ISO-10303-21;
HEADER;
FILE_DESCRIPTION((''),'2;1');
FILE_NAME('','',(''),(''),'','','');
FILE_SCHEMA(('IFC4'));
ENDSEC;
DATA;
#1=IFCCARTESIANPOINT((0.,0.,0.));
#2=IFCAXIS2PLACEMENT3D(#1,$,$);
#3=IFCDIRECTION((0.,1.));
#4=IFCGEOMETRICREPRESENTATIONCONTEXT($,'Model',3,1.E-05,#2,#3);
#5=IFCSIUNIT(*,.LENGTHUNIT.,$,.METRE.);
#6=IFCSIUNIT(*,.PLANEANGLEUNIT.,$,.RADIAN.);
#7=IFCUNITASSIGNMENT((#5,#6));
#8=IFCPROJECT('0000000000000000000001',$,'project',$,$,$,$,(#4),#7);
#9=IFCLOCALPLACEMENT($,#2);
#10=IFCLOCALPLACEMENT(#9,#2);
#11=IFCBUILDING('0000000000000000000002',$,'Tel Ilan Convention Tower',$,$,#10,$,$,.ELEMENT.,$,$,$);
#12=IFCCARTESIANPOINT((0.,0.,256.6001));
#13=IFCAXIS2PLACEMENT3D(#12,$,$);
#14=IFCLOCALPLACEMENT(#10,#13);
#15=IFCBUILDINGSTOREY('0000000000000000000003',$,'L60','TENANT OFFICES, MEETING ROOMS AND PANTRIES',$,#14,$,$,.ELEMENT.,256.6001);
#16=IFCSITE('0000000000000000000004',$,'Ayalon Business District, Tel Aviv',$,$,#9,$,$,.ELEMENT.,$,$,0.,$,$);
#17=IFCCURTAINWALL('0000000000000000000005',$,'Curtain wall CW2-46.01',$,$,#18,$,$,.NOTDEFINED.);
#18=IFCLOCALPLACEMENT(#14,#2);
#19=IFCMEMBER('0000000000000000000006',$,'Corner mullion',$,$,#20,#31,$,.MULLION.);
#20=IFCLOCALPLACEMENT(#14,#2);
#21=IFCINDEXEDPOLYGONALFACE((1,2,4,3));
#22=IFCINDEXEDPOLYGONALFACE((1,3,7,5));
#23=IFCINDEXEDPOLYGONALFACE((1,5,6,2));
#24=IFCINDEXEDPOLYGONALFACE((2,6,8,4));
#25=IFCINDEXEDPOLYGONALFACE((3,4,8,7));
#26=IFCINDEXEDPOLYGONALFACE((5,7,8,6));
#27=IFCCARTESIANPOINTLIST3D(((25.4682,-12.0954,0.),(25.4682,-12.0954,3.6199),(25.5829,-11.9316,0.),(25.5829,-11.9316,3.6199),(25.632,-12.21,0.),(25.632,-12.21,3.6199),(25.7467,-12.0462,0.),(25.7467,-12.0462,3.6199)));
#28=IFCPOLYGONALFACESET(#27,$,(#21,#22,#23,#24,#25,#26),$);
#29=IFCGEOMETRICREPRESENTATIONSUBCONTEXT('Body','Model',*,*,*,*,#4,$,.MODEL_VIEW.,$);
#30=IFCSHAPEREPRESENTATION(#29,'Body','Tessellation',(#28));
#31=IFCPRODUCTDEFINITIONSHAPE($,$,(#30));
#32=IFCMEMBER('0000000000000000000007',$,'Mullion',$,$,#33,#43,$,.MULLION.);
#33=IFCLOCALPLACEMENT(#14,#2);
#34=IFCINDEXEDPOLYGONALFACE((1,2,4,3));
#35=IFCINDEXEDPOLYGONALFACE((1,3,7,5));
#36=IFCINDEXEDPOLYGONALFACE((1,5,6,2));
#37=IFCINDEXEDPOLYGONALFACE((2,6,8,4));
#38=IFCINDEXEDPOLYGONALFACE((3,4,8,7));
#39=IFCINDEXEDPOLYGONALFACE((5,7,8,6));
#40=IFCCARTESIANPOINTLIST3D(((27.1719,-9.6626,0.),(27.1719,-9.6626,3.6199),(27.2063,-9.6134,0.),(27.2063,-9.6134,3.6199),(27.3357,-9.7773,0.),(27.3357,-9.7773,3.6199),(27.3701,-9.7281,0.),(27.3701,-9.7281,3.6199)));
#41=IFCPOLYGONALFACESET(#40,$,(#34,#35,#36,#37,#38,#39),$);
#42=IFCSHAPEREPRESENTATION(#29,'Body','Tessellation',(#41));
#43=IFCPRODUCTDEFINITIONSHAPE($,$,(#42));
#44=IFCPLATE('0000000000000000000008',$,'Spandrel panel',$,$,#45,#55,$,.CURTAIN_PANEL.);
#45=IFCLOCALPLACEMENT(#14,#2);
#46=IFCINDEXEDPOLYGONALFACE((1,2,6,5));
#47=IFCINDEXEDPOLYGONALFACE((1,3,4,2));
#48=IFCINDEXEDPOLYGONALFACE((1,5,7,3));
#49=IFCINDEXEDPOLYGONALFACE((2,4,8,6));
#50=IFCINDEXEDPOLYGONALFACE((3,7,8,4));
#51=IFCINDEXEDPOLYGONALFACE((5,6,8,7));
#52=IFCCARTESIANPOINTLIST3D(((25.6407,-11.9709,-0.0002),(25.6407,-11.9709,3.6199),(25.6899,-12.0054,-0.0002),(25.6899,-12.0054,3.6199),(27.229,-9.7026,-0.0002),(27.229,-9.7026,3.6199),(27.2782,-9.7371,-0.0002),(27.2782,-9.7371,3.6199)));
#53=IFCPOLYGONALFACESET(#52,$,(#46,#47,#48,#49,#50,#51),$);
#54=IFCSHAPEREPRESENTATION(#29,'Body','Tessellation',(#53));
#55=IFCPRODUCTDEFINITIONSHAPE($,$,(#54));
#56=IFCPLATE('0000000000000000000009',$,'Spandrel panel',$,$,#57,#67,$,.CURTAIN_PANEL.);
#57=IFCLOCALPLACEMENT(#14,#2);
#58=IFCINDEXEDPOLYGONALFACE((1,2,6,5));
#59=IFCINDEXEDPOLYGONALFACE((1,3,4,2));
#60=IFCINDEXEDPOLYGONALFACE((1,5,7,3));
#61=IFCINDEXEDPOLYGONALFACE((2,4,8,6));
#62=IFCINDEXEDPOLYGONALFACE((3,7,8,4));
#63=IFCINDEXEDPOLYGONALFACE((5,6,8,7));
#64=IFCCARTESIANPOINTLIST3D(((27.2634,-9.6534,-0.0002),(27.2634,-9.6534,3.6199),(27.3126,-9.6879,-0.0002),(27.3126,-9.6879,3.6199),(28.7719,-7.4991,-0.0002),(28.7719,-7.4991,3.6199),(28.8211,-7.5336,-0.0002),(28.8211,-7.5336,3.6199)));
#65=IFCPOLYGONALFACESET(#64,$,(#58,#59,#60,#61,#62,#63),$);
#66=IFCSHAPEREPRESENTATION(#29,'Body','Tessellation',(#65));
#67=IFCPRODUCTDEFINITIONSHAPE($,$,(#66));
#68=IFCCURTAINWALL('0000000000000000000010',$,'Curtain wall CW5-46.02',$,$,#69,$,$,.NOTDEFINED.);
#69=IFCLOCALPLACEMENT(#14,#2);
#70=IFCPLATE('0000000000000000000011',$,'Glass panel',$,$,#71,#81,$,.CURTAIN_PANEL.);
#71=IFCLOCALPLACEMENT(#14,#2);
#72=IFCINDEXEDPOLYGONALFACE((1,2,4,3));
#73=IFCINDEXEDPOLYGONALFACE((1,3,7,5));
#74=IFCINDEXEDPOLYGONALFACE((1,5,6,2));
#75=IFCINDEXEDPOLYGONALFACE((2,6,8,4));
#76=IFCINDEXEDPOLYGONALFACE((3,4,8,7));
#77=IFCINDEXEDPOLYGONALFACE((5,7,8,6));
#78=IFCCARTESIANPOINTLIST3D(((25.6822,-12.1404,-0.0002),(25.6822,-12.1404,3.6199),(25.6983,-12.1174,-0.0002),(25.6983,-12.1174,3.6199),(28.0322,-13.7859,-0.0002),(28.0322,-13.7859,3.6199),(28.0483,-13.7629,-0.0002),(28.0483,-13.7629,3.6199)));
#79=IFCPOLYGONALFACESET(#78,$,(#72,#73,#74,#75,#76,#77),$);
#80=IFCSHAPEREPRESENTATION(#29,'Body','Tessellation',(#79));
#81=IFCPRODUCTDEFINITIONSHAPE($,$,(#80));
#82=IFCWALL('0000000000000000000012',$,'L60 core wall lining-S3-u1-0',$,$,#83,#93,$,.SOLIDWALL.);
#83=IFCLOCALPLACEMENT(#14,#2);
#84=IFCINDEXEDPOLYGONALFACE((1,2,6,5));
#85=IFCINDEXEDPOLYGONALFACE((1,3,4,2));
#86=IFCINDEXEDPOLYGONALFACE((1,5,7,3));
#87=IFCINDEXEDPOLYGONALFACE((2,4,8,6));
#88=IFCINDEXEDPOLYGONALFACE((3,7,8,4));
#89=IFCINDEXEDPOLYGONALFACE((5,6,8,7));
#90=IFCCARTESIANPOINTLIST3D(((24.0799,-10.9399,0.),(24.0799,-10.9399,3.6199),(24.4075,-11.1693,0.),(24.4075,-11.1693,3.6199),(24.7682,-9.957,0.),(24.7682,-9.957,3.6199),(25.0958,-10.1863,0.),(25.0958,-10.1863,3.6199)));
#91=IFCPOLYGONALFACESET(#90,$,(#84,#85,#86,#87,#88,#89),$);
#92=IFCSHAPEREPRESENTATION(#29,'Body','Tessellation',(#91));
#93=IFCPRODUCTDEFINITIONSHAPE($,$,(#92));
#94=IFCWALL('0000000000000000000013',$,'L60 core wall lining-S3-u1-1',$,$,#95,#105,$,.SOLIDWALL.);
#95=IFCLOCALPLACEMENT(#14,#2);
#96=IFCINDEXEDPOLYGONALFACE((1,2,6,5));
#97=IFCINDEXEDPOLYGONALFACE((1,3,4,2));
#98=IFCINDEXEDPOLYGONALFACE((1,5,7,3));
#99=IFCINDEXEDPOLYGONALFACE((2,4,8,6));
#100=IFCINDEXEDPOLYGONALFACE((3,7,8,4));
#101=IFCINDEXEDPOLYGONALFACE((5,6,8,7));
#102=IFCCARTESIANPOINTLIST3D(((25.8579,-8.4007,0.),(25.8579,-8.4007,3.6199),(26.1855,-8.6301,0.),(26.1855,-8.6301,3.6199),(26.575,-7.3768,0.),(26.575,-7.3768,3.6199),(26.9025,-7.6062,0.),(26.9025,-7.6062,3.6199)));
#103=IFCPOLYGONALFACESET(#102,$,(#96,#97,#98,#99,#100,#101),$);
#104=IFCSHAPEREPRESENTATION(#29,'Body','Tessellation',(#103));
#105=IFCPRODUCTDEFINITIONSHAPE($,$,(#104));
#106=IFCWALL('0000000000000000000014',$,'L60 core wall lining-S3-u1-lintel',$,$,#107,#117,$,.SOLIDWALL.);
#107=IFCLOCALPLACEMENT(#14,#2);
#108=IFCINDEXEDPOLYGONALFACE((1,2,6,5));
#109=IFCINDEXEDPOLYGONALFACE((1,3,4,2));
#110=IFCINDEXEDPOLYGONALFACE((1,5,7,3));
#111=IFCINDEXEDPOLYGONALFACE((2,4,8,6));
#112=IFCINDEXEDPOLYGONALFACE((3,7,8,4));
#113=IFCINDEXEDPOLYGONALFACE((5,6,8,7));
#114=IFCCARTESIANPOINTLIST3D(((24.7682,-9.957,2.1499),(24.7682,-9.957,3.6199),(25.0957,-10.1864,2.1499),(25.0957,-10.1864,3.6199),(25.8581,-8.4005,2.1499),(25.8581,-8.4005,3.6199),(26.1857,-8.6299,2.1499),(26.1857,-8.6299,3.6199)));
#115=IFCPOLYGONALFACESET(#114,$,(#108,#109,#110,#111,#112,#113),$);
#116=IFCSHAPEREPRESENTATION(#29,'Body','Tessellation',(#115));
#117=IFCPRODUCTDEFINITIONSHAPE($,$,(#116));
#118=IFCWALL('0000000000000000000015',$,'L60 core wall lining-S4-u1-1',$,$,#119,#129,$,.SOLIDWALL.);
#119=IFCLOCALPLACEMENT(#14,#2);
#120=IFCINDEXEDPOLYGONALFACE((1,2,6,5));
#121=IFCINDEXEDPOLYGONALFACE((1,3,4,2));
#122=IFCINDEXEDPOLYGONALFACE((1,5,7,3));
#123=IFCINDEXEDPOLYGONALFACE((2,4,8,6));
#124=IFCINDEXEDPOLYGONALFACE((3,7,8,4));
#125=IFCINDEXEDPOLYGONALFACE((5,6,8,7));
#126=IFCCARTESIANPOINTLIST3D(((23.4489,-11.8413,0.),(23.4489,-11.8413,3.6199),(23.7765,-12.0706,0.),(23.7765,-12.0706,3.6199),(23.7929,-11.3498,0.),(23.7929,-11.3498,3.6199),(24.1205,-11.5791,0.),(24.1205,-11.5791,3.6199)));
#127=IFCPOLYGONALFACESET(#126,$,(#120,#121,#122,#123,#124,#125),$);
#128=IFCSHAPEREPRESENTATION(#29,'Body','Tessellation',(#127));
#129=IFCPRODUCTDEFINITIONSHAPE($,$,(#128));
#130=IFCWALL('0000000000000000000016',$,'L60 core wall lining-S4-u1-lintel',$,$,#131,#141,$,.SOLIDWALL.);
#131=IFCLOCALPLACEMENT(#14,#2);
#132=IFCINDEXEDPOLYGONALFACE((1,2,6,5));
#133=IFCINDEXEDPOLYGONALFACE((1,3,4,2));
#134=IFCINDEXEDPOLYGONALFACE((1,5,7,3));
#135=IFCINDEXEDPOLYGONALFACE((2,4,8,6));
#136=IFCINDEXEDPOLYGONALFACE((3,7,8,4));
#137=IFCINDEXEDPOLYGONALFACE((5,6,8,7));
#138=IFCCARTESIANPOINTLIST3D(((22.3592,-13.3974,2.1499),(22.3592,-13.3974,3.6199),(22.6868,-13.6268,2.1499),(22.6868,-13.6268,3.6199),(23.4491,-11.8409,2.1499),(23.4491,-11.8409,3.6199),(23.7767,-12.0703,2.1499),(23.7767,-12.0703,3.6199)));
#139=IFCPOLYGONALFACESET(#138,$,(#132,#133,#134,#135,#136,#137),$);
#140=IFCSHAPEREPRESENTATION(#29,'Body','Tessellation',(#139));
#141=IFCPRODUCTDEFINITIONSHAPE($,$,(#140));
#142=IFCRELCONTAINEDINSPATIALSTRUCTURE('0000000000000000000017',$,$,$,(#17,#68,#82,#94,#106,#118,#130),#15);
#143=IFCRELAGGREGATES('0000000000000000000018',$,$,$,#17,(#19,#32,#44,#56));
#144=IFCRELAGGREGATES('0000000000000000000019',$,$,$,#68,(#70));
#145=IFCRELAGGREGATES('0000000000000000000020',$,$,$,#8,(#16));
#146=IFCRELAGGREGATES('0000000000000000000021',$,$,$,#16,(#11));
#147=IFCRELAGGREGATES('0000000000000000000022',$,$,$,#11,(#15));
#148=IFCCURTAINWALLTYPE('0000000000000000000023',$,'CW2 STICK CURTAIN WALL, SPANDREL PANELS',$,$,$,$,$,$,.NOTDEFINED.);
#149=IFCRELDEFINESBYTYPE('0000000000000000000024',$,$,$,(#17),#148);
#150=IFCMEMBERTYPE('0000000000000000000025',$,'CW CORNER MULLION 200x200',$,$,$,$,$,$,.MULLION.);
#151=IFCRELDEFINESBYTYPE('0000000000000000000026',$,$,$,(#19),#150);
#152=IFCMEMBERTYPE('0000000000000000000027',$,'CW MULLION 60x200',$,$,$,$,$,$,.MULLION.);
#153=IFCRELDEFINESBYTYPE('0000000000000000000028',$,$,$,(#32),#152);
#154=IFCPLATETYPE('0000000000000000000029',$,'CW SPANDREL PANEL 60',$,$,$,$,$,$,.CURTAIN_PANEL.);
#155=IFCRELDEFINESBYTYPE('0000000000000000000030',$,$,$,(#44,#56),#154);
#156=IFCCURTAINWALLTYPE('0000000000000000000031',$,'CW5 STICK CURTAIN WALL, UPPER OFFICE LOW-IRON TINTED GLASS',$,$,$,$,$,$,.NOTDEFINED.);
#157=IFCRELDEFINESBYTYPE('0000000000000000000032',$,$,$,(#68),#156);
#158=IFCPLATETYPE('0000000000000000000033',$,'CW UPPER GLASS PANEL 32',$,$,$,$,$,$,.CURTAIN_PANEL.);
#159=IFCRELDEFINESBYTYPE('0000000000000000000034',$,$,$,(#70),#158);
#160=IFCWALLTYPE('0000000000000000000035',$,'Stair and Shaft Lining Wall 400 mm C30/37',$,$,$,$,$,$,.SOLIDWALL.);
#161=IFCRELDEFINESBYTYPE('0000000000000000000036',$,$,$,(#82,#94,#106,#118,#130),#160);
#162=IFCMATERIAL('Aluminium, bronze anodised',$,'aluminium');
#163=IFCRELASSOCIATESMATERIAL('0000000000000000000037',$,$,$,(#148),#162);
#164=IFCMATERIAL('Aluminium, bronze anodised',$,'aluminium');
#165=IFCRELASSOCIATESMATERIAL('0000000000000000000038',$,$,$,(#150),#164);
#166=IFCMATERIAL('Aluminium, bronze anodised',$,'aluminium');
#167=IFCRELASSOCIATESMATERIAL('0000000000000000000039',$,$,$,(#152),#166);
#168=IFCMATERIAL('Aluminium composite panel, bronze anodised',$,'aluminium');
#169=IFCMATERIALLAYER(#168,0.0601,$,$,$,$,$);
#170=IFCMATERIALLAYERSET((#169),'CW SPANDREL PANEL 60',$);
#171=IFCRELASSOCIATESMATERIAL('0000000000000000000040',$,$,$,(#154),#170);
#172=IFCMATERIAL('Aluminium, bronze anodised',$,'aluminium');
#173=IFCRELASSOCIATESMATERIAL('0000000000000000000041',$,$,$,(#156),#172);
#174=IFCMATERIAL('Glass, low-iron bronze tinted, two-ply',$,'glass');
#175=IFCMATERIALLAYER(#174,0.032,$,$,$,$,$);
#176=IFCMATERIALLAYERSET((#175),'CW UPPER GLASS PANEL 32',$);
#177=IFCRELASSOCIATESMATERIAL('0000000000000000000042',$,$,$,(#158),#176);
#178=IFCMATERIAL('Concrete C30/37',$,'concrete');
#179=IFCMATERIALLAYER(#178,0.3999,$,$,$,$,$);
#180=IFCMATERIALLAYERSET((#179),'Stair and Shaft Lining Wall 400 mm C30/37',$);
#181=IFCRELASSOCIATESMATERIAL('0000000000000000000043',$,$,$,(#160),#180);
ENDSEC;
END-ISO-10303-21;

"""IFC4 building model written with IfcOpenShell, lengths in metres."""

from ifc_helpers import new_model, si_unit, direction, frame, frame_2d, origin, origin_2d, place, context, subcontext, project, spatial, rectangle, extrude, material, layer, layer_set, material_profile, profile_set, type_object, element, aggregate, save


model = new_model("IFC4")

# Units and contexts
model_context = context("Model", 3, precision=1e-05, world=origin(), true_north=direction((0.0, 1.0)))
body_context = subcontext(model_context, "Body", "Model", "MODEL_VIEW")
ifc_project = project(units=[si_unit("LENGTHUNIT", "METRE"), si_unit("PLANEANGLEUNIT", "RADIAN")], contexts=[model_context])

# Site, building, storey
site_placement = place(None, origin())
site = spatial("IfcSite", under=ifc_project, at=site_placement, Name="Ayalon Business District, Tel Aviv", CompositionType="ELEMENT", RefElevation=0.0)
building_placement = place(site_placement, origin())
building = spatial("IfcBuilding", under=site, at=building_placement, Name="Tel Ilan Convention Tower", CompositionType="ELEMENT")
storey_placement = place(building_placement, frame((0.0, 0.0, 256.6001)))
storey = spatial("IfcBuildingStorey", under=building, at=storey_placement, Name="L60", Description="TENANT OFFICES, MEETING ROOMS AND PANTRIES", CompositionType="ELEMENT", Elevation=256.6001)

# Curtain wall, members, plates
ifc_material_1 = material(Name="Aluminium, bronze anodised", Category="aluminium")
curtain_wall_type_1 = type_object("IfcCurtainWallType", Name="CW2 STICK CURTAIN WALL, SPANDREL PANELS", PredefinedType="NOTDEFINED", material=ifc_material_1)
curtain_wall_1_placement = place(storey_placement, origin())
curtain_wall_1 = element("IfcCurtainWall", 1, at=curtain_wall_1_placement, inside=storey, type_object=curtain_wall_type_1, Name="Curtain wall CW2-46.01", PredefinedType="NOTDEFINED")
ifc_material_2 = material(Name="Aluminium, bronze anodised", Category="aluminium")
ifc_material_profile_1 = material_profile(ifc_material_2, rectangle(XDim=0.2, YDim=0.2, at=origin_2d()), Name="CW CORNER MULLION 200x200")
ifc_profile_set_1 = profile_set([ifc_material_profile_1], Name="Aluminium, bronze anodised")
member_type_1 = type_object("IfcMemberType", Name="CW CORNER MULLION 200x200", PredefinedType="MULLION", material=ifc_profile_set_1)
member_1_placement = place(storey_placement, frame((25.6074, -12.0708, 0.0), z_axis=(0.0, 0.0, 1.0), x_axis=(-0.819152, 0.573576, 0.0)))
member_1 = element("IfcMember", 2, at=member_1_placement, type_object=member_type_1, Name="Corner mullion", PredefinedType="MULLION", context=body_context, shape_type="SweptSolid", body=[
    extrude(rectangle(XDim=0.2, YDim=0.2, at=origin_2d()), origin(), (0.0, 0.0, 1.0), 3.6199),
])
ifc_material_3 = material(Name="Aluminium, bronze anodised", Category="aluminium")
ifc_material_profile_2 = material_profile(ifc_material_3, rectangle(XDim=0.0601, YDim=0.2, at=origin_2d()), Name="CW MULLION 60x200")
ifc_profile_set_2 = profile_set([ifc_material_profile_2], Name="Aluminium, bronze anodised")
member_type_2 = type_object("IfcMemberType", Name="CW MULLION 60x200", PredefinedType="MULLION", material=ifc_profile_set_2)
member_2_placement = place(storey_placement, frame((27.271, -9.6953, 0.0), z_axis=(0.0, 0.0, 1.0), x_axis=(0.573576, 0.819152, 0.0)))
member_2 = element("IfcMember", 3, at=member_2_placement, type_object=member_type_2, Name="Mullion", PredefinedType="MULLION", context=body_context, shape_type="SweptSolid", body=[
    extrude(rectangle(XDim=0.0601, YDim=0.2, at=origin_2d()), origin(), (0.0, 0.0, 1.0), 3.6199),
])
ifc_material_4 = material(Name="Aluminium composite panel, bronze anodised", Category="aluminium")
ifc_layer_1 = layer(ifc_material_4, 0.0601)
ifc_layer_set_1 = layer_set([ifc_layer_1], Name="CW SPANDREL PANEL 60")
plate_type_1 = type_object("IfcPlateType", Name="CW SPANDREL PANEL 60", PredefinedType="CURTAIN_PANEL", material=ifc_layer_set_1)
plate_1_placement = place(storey_placement, frame((26.4595, -10.854, -0.0002), z_axis=(0.0, 0.0, 1.0), x_axis=(0.573576, 0.819152, 0.0)))
plate_1 = element("IfcPlate", 4, at=plate_1_placement, type_object=plate_type_1, Name="Spandrel panel", PredefinedType="CURTAIN_PANEL", context=body_context, shape_type="SweptSolid", body=[
    extrude(rectangle(XDim=2.769, YDim=0.0601, at=origin_2d()), origin(), (0.0, 0.0, 1.0), 3.6201),
])
plate_2_placement = place(storey_placement, frame((28.0422, -8.5935, -0.0002), z_axis=(0.0, 0.0, 1.0), x_axis=(0.573576, 0.819152, 0.0)))
plate_2 = element("IfcPlate", 5, at=plate_2_placement, type_object=plate_type_1, Name="Spandrel panel", PredefinedType="CURTAIN_PANEL", context=body_context, shape_type="SweptSolid", body=[
    extrude(rectangle(XDim=2.6299, YDim=0.0601, at=origin_2d()), origin(), (0.0, 0.0, 1.0), 3.6201),
])
aggregate(curtain_wall_1, [member_1, member_2, plate_1, plate_2])

# Curtain wall, plate
ifc_material_5 = material(Name="Aluminium, bronze anodised", Category="aluminium")
curtain_wall_type_2 = type_object("IfcCurtainWallType", Name="CW5 STICK CURTAIN WALL, UPPER OFFICE LOW-IRON TINTED GLASS", PredefinedType="NOTDEFINED", material=ifc_material_5)
curtain_wall_2_placement = place(storey_placement, origin())
curtain_wall_2 = element("IfcCurtainWall", 6, at=curtain_wall_2_placement, inside=storey, type_object=curtain_wall_type_2, Name="Curtain wall CW5-46.02", PredefinedType="NOTDEFINED")
ifc_material_6 = material(Name="Glass, low-iron bronze tinted, two-ply", Category="glass")
ifc_layer_2 = layer(ifc_material_6, 0.032)
ifc_layer_set_2 = layer_set([ifc_layer_2], Name="CW UPPER GLASS PANEL 32")
plate_type_2 = type_object("IfcPlateType", Name="CW UPPER GLASS PANEL 32", PredefinedType="CURTAIN_PANEL", material=ifc_layer_set_2)
plate_3_placement = place(storey_placement, frame((26.8652, -12.9517, -0.0002), z_axis=(0.0, 0.0, 1.0), x_axis=(-0.819152, 0.573576, 0.0)))
plate_3 = element("IfcPlate", 7, at=plate_3_placement, type_object=plate_type_2, Name="Glass panel", PredefinedType="CURTAIN_PANEL", context=body_context, shape_type="SweptSolid", body=[
    extrude(rectangle(XDim=2.8689, YDim=0.0281, at=origin_2d()), origin(), (0.0, 0.0, 1.0), 3.6201),
])
aggregate(curtain_wall_2, [plate_3])

# Walls
ifc_material_7 = material(Name="Concrete C30/37", Category="concrete")
ifc_layer_3 = layer(ifc_material_7, 0.3999)
ifc_layer_set_3 = layer_set([ifc_layer_3], Name="Stair and Shaft Lining Wall 400 mm C30/37")
wall_type = type_object("IfcWallType", Name="Stair and Shaft Lining Wall 400 mm C30/37", PredefinedType="SOLIDWALL", material=ifc_layer_set_3)
wall_1_placement = place(storey_placement, frame((24.2437, -11.0547, 0.0), z_axis=(0.0, 0.0, 1.0), x_axis=(0.573572, 0.819155, 0.0)))
element("IfcWall", 8, at=wall_1_placement, inside=storey, type_object=wall_type, Name="L60 core wall lining-S3-u1-0", PredefinedType="SOLIDWALL", context=body_context, shape_type="SweptSolid", body=[
    extrude(rectangle(XDim=1.2, YDim=0.3999, at=frame_2d((0.6001, 0.0))), origin(), (0.0, 0.0, 1.0), 3.6199),
])
wall_2_placement = place(storey_placement, frame((26.0217, -8.5154, 0.0), z_axis=(0.0, 0.0, 1.0), x_axis=(0.57362, 0.819122, 0.0)))
element("IfcWall", 9, at=wall_2_placement, inside=storey, type_object=wall_type, Name="L60 core wall lining-S3-u1-1", PredefinedType="SOLIDWALL", context=body_context, shape_type="SweptSolid", body=[
    extrude(rectangle(XDim=1.25, YDim=0.3999, at=frame_2d((0.625, 0.0))), origin(), (0.0, 0.0, 1.0), 3.6199),
])
wall_3_placement = place(storey_placement, frame((24.9319, -10.0718, 2.1499), z_axis=(0.0, 0.0, 1.0), x_axis=(0.573592, 0.819141, 0.0)))
element("IfcWall", 10, at=wall_3_placement, inside=storey, type_object=wall_type, Name="L60 core wall lining-S3-u1-lintel", PredefinedType="SOLIDWALL", context=body_context, shape_type="SweptSolid", body=[
    extrude(rectangle(XDim=1.9001, YDim=0.3999, at=frame_2d((0.9502, 0.0))), origin(), (0.0, 0.0, 1.0), 1.47),
])
wall_4_placement = place(storey_placement, frame((23.6128, -11.9558, 0.0), z_axis=(0.0, 0.0, 1.0), x_axis=(0.573435, 0.819251, 0.0)))
element("IfcWall", 11, at=wall_4_placement, inside=storey, type_object=wall_type, Name="L60 core wall lining-S4-u1-1", PredefinedType="SOLIDWALL", context=body_context, shape_type="SweptSolid", body=[
    extrude(rectangle(XDim=0.5999, YDim=0.3999, at=frame_2d((0.2998, 0.0))), origin(), (0.0, 0.0, 1.0), 3.6199),
])
wall_5_placement = place(storey_placement, frame((22.5229, -13.5122, 2.1499), z_axis=(0.0, 0.0, 1.0), x_axis=(0.573592, 0.819141, 0.0)))
element("IfcWall", 12, at=wall_5_placement, inside=storey, type_object=wall_type, Name="L60 core wall lining-S4-u1-lintel", PredefinedType="SOLIDWALL", context=body_context, shape_type="SweptSolid", body=[
    extrude(rectangle(XDim=1.9001, YDim=0.3999, at=frame_2d((0.9502, 0.0))), origin(), (0.0, 0.0, 1.0), 1.47),
])

save(model, "model.ifc")
